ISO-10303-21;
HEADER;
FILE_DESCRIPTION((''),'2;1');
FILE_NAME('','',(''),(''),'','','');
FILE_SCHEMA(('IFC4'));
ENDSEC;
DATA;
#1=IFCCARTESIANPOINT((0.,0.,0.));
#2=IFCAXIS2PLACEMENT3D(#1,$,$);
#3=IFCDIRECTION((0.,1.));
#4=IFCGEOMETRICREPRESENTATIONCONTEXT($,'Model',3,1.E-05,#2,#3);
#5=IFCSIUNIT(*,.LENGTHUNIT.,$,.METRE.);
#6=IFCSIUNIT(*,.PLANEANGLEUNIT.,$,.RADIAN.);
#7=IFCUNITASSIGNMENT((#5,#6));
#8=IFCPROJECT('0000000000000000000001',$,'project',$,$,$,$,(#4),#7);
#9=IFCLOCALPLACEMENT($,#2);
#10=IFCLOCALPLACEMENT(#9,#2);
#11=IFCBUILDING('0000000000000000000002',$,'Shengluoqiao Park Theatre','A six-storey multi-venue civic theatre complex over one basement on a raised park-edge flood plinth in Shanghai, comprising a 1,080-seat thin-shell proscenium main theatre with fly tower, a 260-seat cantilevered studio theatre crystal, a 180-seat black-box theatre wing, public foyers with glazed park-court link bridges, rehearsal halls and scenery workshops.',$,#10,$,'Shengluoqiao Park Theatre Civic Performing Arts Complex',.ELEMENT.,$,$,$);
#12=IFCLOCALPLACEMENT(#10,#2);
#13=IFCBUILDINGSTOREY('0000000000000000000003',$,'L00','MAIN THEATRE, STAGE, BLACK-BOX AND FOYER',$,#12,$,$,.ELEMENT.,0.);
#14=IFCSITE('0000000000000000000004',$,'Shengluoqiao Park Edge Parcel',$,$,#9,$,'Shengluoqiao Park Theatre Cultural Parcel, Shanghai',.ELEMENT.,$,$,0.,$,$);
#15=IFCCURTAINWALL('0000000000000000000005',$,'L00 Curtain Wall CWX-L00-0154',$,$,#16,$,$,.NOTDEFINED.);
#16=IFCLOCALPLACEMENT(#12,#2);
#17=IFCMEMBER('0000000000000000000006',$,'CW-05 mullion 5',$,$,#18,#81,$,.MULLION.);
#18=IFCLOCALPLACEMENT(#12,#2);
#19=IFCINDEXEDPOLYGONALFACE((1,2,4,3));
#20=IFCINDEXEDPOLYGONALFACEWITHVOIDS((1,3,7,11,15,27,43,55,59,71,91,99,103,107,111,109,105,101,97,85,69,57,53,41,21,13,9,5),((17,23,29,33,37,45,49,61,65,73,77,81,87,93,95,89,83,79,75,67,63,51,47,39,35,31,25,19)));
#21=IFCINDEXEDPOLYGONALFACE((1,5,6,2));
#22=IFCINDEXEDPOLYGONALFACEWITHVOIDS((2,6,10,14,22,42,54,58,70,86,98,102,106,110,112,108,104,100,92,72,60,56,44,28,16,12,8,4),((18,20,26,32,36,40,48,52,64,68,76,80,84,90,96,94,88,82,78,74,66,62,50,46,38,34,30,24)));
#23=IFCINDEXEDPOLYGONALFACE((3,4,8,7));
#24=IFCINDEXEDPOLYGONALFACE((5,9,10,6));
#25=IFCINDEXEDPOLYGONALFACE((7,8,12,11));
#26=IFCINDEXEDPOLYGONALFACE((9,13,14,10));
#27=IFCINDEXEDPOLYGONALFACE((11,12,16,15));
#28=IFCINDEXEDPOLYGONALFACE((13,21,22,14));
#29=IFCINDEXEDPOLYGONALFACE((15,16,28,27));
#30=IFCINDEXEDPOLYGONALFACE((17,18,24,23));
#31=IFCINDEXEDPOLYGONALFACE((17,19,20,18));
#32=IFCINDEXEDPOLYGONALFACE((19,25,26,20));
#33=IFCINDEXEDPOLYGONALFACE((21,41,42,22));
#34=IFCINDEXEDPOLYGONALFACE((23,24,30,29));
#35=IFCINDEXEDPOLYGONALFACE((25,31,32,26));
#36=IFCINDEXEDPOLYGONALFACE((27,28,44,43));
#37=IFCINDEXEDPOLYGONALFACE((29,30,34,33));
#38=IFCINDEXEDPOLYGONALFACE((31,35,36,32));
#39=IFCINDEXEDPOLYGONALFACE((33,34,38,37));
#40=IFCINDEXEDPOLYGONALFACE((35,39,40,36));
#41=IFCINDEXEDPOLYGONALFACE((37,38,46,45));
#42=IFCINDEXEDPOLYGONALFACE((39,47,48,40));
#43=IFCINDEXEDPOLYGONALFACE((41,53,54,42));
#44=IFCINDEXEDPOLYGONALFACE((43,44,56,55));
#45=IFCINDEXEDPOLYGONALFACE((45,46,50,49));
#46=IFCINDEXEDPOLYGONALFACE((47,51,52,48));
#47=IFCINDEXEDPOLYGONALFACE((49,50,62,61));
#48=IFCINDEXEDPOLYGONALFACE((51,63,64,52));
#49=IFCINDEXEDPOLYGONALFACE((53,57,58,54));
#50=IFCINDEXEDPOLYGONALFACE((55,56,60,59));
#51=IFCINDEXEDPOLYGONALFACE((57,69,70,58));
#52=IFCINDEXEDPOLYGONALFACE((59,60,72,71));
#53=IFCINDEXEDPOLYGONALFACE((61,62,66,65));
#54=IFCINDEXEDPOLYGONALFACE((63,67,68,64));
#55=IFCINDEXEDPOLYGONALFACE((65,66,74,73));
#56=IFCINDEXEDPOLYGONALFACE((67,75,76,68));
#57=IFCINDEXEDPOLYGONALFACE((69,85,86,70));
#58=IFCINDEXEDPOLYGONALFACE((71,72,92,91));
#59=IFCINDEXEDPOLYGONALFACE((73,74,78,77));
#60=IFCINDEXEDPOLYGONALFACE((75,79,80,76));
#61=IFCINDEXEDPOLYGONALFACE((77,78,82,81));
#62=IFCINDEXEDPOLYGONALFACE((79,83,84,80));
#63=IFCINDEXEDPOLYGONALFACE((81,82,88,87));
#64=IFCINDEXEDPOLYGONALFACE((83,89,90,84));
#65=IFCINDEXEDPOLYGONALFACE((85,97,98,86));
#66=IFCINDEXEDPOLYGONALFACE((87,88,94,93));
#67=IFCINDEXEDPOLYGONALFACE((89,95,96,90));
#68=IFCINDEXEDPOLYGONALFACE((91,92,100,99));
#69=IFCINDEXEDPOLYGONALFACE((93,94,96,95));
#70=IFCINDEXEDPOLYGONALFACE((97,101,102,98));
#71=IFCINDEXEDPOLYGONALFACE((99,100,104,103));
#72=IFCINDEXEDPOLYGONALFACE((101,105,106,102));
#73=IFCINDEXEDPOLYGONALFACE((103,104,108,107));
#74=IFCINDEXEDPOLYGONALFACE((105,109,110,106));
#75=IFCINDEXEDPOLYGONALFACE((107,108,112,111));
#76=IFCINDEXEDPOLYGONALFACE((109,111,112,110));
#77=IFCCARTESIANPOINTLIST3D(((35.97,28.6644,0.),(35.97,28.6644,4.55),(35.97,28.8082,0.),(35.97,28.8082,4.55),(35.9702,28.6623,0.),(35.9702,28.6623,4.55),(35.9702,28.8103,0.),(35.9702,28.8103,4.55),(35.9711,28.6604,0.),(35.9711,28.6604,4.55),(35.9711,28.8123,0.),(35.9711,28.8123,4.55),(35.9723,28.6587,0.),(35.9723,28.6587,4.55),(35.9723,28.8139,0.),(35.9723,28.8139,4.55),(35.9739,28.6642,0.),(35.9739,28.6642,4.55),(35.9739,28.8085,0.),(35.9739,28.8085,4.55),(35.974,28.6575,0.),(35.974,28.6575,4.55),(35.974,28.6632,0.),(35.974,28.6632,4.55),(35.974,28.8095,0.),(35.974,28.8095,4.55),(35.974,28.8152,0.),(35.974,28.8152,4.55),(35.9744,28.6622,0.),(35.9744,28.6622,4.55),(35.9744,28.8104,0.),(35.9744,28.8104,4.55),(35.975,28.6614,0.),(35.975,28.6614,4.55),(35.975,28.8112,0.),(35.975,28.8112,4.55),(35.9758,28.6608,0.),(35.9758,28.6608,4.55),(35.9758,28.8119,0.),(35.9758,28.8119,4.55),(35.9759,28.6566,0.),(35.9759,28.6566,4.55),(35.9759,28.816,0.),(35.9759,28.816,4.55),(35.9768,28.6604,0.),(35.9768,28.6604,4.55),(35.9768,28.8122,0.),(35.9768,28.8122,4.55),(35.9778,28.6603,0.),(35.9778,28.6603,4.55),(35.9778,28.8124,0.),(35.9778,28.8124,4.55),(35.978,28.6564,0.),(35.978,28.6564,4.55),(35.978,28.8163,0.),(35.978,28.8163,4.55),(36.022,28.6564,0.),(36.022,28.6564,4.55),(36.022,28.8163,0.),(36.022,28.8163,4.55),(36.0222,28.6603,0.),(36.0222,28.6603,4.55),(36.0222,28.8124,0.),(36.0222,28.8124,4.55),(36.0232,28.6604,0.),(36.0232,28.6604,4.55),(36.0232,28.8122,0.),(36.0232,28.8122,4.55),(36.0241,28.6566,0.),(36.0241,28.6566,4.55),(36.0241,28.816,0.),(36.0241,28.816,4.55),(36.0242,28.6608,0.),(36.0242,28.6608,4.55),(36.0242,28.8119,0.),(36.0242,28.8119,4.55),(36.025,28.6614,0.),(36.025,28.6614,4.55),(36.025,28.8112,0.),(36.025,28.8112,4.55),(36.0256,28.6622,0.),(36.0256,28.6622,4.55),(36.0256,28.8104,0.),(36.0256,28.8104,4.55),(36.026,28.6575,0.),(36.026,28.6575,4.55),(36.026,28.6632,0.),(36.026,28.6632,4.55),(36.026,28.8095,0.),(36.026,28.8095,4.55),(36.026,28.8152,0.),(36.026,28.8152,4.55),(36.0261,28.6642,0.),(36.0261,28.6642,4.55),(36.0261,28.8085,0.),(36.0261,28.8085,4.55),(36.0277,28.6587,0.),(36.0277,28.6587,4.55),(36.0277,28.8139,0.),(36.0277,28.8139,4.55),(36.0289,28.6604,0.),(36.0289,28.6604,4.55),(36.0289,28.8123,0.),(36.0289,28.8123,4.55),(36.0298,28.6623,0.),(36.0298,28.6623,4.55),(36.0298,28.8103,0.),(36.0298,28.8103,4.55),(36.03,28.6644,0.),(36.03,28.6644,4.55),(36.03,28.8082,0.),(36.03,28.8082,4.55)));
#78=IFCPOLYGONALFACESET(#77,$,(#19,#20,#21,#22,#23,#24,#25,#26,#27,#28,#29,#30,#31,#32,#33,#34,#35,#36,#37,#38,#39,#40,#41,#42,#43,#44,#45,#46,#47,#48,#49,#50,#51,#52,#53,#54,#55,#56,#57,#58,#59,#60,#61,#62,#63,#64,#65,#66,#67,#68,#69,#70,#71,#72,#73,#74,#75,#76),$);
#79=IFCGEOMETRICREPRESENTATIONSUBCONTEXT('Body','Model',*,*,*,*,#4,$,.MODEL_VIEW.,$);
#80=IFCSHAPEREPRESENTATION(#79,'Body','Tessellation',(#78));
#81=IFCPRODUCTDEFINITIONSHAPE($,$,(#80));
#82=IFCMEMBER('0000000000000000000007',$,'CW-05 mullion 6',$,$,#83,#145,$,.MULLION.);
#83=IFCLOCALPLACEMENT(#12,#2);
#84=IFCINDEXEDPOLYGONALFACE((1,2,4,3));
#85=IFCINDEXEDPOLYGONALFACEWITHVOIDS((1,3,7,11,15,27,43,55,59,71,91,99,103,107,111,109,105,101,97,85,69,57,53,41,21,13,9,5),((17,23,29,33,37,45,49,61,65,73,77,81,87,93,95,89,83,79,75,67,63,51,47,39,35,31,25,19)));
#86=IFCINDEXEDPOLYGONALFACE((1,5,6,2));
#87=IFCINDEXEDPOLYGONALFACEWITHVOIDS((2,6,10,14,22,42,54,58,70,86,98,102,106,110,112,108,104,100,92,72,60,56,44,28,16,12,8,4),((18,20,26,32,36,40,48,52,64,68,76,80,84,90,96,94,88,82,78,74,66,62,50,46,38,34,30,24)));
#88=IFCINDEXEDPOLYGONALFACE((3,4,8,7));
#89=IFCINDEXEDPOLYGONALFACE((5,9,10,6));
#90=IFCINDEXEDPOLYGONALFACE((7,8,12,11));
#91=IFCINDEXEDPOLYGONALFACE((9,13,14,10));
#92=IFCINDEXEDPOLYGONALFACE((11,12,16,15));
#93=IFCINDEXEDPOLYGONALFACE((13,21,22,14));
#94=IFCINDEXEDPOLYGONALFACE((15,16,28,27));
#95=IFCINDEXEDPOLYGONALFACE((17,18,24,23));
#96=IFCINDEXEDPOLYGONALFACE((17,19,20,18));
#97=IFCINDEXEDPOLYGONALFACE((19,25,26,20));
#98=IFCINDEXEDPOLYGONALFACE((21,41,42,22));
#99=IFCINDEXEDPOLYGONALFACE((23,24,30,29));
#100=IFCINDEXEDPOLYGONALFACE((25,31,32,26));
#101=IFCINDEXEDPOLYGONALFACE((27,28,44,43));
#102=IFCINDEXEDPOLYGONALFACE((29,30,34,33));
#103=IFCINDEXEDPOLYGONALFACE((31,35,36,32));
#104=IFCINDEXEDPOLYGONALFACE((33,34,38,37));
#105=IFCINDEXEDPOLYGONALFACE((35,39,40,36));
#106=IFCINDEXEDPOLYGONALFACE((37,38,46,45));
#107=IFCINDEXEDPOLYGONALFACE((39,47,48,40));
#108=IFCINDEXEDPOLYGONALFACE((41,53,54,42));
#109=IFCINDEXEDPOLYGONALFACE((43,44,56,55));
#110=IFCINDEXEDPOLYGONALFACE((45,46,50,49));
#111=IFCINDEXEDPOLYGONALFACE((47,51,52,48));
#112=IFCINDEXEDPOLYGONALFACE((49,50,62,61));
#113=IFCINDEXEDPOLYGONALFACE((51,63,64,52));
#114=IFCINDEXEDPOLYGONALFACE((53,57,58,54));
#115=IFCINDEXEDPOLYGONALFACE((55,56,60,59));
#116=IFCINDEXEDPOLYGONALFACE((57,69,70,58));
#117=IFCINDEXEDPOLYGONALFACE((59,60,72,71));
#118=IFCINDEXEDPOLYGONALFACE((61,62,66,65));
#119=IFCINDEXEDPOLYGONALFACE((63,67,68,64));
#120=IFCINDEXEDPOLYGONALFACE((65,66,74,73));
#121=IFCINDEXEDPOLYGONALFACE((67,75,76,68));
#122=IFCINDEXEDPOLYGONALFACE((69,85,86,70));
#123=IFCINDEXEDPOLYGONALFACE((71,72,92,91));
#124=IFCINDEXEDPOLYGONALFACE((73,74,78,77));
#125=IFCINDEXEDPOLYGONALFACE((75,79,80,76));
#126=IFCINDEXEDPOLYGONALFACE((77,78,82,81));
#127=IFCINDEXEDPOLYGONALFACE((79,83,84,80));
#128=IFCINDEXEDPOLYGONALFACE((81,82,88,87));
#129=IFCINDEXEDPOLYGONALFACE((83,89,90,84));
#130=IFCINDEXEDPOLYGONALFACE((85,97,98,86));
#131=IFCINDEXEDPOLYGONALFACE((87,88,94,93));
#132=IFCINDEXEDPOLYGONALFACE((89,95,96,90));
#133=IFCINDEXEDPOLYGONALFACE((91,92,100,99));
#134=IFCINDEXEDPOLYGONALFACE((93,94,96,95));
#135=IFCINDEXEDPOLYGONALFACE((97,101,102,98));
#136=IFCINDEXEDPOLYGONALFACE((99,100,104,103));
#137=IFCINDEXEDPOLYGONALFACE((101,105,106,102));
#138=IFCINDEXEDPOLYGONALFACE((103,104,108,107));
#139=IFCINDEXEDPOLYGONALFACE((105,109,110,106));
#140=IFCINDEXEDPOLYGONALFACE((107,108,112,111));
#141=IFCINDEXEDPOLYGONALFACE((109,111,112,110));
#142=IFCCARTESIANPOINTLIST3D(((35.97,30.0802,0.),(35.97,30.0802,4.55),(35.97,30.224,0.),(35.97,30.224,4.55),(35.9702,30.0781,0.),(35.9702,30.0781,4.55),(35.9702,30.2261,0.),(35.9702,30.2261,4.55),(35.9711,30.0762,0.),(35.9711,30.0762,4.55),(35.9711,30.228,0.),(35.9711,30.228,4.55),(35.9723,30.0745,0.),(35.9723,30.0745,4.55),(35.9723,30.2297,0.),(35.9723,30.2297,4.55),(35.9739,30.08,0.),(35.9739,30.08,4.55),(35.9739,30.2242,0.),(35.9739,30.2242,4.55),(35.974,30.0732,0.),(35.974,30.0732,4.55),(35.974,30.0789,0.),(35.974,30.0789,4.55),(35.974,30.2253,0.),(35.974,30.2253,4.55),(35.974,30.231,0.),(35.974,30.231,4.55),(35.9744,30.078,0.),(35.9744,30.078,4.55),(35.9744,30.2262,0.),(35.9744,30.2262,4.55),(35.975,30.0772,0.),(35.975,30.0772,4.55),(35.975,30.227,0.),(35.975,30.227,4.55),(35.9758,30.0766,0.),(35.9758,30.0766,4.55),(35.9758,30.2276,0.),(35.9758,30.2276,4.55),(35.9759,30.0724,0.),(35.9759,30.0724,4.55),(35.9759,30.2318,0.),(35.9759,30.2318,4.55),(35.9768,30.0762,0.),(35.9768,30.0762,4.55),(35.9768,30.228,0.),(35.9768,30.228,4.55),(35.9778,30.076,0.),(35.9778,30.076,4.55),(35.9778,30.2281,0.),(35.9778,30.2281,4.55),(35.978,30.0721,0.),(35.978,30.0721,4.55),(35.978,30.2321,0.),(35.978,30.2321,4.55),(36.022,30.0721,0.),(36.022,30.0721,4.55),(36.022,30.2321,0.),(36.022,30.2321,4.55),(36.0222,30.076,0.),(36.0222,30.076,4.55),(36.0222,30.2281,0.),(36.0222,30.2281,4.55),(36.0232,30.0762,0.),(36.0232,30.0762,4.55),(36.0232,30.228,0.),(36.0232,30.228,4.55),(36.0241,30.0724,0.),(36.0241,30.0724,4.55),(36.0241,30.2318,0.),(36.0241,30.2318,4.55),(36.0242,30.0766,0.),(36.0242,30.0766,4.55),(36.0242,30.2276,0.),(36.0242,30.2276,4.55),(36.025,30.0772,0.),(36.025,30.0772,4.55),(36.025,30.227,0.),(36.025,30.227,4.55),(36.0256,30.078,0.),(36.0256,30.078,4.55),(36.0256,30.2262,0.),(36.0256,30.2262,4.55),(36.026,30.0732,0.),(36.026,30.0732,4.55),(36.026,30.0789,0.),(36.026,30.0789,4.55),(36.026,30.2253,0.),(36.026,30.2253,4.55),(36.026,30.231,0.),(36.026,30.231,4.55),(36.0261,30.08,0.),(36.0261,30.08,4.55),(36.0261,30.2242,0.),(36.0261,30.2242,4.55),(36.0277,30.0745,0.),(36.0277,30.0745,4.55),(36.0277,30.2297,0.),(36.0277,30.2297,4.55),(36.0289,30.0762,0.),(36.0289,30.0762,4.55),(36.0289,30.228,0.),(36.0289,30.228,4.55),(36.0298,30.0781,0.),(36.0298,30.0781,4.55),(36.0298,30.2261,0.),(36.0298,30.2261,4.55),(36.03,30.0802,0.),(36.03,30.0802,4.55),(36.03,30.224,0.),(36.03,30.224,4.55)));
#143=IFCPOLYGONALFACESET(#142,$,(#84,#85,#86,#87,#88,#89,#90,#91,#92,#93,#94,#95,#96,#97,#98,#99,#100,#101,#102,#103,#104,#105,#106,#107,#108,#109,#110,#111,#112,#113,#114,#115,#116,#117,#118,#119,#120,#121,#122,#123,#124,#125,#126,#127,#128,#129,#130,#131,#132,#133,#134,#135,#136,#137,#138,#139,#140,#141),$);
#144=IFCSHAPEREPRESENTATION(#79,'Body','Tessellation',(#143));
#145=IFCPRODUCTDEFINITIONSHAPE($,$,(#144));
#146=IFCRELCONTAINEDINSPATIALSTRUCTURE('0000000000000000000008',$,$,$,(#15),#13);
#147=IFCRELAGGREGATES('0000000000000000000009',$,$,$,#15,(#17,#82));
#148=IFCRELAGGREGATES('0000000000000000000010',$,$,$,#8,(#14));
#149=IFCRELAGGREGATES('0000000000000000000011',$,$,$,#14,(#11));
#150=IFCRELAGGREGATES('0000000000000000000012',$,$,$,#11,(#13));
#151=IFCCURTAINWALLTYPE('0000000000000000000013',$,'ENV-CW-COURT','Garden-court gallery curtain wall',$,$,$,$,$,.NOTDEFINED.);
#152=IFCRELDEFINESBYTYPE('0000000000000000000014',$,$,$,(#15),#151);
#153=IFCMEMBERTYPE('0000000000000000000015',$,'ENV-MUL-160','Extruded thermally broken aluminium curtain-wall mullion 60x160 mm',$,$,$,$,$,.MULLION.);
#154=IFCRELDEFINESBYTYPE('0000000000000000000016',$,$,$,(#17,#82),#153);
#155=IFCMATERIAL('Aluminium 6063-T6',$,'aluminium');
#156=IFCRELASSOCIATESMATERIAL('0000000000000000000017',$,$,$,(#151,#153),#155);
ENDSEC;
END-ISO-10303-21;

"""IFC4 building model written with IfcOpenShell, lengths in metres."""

from ifc_helpers import new_model, si_unit, direction, frame, origin, origin_2d, place, context, subcontext, project, spatial, hollow_rectangle, extrude, material, material_profile, profile_set, type_object, element, aggregate, save


model = new_model("IFC4")

# Units and contexts
model_context = context("Model", 3, precision=1e-05, world=origin(), true_north=direction((0.0, 1.0)))
body_context = subcontext(model_context, "Body", "Model", "MODEL_VIEW")
ifc_project = project(units=[si_unit("LENGTHUNIT", "METRE"), si_unit("PLANEANGLEUNIT", "RADIAN")], contexts=[model_context])

# Site, building, storey
site_placement = place(None, origin())
site = spatial("IfcSite", under=ifc_project, at=site_placement, Name="Shengluoqiao Park Edge Parcel", LongName="Shengluoqiao Park Theatre Cultural Parcel, Shanghai", CompositionType="ELEMENT", RefElevation=0.0)
building_placement = place(site_placement, origin())
building = spatial("IfcBuilding", under=site, at=building_placement, Name="Shengluoqiao Park Theatre", Description="A six-storey multi-venue civic theatre complex over one basement on a raised park-edge flood plinth in Shanghai, comprising a 1,080-seat thin-shell proscenium main theatre with fly tower, a 260-seat cantilevered studio theatre crystal, a 180-seat black-box theatre wing, public foyers with glazed park-court link bridges, rehearsal halls and scenery workshops.", LongName="Shengluoqiao Park Theatre Civic Performing Arts Complex", CompositionType="ELEMENT")
storey_placement = place(building_placement, origin())
storey = spatial("IfcBuildingStorey", under=building, at=storey_placement, Name="L00", Description="MAIN THEATRE, STAGE, BLACK-BOX AND FOYER", CompositionType="ELEMENT", Elevation=0.0)

# Curtain wall, members
ifc_material_1 = material(Name="Aluminium 6063-T6", Category="aluminium")
curtain_wall_type = type_object("IfcCurtainWallType", Name="ENV-CW-COURT", Description="Garden-court gallery curtain wall", PredefinedType="NOTDEFINED", material=ifc_material_1)
ifc_material_profile_1 = material_profile(ifc_material_1, hollow_rectangle(XDim=0.0601, YDim=0.1599, WallThickness=0.0039, InnerFilletRadius=0.0039, OuterFilletRadius=0.0081, at=origin_2d()), Name="ALU MULLION 160x60x4")
ifc_profile_set_1 = profile_set([ifc_material_profile_1], Name="Aluminium 6063-T6")
member_type_1 = type_object("IfcMemberType", Name="ENV-MUL-160", Description="Extruded thermally broken aluminium curtain-wall mullion 60x160 mm", PredefinedType="MULLION", material=ifc_profile_set_1)
curtain_wall_1_placement = place(storey_placement, origin())
curtain_wall_1 = element("IfcCurtainWall", 1, at=curtain_wall_1_placement, inside=storey, type_object=curtain_wall_type, Name="L00 Curtain Wall CWX-L00-0154", PredefinedType="NOTDEFINED")
member_1_placement = place(storey_placement, frame((36.0, 28.7363, 0.0), z_axis=(0.0, 0.0, 1.0), x_axis=(-1.0, 0.0, 0.0)))
member_1 = element("IfcMember", 2, at=member_1_placement, type_object=member_type_1, Name="CW-05 mullion 5", PredefinedType="MULLION", context=body_context, shape_type="SweptSolid", body=[
    extrude(hollow_rectangle(XDim=0.0601, YDim=0.1599, WallThickness=0.0039, InnerFilletRadius=0.0039, OuterFilletRadius=0.0081, at=origin_2d()), origin(), (0.0, 0.0, 1.0), 4.55),
])
member_2_placement = place(storey_placement, frame((36.0, 30.1521, 0.0), z_axis=(0.0, 0.0, 1.0), x_axis=(-1.0, 0.0, 0.0)))
member_2 = element("IfcMember", 3, at=member_2_placement, type_object=member_type_1, Name="CW-05 mullion 6", PredefinedType="MULLION", context=body_context, shape_type="SweptSolid", body=[
    extrude(hollow_rectangle(XDim=0.0601, YDim=0.1599, WallThickness=0.0039, InnerFilletRadius=0.0039, OuterFilletRadius=0.0081, at=origin_2d()), origin(), (0.0, 0.0, 1.0), 4.55),
])

aggregate(curtain_wall_1, [member_1, member_2])

save(model, "model.ifc")
